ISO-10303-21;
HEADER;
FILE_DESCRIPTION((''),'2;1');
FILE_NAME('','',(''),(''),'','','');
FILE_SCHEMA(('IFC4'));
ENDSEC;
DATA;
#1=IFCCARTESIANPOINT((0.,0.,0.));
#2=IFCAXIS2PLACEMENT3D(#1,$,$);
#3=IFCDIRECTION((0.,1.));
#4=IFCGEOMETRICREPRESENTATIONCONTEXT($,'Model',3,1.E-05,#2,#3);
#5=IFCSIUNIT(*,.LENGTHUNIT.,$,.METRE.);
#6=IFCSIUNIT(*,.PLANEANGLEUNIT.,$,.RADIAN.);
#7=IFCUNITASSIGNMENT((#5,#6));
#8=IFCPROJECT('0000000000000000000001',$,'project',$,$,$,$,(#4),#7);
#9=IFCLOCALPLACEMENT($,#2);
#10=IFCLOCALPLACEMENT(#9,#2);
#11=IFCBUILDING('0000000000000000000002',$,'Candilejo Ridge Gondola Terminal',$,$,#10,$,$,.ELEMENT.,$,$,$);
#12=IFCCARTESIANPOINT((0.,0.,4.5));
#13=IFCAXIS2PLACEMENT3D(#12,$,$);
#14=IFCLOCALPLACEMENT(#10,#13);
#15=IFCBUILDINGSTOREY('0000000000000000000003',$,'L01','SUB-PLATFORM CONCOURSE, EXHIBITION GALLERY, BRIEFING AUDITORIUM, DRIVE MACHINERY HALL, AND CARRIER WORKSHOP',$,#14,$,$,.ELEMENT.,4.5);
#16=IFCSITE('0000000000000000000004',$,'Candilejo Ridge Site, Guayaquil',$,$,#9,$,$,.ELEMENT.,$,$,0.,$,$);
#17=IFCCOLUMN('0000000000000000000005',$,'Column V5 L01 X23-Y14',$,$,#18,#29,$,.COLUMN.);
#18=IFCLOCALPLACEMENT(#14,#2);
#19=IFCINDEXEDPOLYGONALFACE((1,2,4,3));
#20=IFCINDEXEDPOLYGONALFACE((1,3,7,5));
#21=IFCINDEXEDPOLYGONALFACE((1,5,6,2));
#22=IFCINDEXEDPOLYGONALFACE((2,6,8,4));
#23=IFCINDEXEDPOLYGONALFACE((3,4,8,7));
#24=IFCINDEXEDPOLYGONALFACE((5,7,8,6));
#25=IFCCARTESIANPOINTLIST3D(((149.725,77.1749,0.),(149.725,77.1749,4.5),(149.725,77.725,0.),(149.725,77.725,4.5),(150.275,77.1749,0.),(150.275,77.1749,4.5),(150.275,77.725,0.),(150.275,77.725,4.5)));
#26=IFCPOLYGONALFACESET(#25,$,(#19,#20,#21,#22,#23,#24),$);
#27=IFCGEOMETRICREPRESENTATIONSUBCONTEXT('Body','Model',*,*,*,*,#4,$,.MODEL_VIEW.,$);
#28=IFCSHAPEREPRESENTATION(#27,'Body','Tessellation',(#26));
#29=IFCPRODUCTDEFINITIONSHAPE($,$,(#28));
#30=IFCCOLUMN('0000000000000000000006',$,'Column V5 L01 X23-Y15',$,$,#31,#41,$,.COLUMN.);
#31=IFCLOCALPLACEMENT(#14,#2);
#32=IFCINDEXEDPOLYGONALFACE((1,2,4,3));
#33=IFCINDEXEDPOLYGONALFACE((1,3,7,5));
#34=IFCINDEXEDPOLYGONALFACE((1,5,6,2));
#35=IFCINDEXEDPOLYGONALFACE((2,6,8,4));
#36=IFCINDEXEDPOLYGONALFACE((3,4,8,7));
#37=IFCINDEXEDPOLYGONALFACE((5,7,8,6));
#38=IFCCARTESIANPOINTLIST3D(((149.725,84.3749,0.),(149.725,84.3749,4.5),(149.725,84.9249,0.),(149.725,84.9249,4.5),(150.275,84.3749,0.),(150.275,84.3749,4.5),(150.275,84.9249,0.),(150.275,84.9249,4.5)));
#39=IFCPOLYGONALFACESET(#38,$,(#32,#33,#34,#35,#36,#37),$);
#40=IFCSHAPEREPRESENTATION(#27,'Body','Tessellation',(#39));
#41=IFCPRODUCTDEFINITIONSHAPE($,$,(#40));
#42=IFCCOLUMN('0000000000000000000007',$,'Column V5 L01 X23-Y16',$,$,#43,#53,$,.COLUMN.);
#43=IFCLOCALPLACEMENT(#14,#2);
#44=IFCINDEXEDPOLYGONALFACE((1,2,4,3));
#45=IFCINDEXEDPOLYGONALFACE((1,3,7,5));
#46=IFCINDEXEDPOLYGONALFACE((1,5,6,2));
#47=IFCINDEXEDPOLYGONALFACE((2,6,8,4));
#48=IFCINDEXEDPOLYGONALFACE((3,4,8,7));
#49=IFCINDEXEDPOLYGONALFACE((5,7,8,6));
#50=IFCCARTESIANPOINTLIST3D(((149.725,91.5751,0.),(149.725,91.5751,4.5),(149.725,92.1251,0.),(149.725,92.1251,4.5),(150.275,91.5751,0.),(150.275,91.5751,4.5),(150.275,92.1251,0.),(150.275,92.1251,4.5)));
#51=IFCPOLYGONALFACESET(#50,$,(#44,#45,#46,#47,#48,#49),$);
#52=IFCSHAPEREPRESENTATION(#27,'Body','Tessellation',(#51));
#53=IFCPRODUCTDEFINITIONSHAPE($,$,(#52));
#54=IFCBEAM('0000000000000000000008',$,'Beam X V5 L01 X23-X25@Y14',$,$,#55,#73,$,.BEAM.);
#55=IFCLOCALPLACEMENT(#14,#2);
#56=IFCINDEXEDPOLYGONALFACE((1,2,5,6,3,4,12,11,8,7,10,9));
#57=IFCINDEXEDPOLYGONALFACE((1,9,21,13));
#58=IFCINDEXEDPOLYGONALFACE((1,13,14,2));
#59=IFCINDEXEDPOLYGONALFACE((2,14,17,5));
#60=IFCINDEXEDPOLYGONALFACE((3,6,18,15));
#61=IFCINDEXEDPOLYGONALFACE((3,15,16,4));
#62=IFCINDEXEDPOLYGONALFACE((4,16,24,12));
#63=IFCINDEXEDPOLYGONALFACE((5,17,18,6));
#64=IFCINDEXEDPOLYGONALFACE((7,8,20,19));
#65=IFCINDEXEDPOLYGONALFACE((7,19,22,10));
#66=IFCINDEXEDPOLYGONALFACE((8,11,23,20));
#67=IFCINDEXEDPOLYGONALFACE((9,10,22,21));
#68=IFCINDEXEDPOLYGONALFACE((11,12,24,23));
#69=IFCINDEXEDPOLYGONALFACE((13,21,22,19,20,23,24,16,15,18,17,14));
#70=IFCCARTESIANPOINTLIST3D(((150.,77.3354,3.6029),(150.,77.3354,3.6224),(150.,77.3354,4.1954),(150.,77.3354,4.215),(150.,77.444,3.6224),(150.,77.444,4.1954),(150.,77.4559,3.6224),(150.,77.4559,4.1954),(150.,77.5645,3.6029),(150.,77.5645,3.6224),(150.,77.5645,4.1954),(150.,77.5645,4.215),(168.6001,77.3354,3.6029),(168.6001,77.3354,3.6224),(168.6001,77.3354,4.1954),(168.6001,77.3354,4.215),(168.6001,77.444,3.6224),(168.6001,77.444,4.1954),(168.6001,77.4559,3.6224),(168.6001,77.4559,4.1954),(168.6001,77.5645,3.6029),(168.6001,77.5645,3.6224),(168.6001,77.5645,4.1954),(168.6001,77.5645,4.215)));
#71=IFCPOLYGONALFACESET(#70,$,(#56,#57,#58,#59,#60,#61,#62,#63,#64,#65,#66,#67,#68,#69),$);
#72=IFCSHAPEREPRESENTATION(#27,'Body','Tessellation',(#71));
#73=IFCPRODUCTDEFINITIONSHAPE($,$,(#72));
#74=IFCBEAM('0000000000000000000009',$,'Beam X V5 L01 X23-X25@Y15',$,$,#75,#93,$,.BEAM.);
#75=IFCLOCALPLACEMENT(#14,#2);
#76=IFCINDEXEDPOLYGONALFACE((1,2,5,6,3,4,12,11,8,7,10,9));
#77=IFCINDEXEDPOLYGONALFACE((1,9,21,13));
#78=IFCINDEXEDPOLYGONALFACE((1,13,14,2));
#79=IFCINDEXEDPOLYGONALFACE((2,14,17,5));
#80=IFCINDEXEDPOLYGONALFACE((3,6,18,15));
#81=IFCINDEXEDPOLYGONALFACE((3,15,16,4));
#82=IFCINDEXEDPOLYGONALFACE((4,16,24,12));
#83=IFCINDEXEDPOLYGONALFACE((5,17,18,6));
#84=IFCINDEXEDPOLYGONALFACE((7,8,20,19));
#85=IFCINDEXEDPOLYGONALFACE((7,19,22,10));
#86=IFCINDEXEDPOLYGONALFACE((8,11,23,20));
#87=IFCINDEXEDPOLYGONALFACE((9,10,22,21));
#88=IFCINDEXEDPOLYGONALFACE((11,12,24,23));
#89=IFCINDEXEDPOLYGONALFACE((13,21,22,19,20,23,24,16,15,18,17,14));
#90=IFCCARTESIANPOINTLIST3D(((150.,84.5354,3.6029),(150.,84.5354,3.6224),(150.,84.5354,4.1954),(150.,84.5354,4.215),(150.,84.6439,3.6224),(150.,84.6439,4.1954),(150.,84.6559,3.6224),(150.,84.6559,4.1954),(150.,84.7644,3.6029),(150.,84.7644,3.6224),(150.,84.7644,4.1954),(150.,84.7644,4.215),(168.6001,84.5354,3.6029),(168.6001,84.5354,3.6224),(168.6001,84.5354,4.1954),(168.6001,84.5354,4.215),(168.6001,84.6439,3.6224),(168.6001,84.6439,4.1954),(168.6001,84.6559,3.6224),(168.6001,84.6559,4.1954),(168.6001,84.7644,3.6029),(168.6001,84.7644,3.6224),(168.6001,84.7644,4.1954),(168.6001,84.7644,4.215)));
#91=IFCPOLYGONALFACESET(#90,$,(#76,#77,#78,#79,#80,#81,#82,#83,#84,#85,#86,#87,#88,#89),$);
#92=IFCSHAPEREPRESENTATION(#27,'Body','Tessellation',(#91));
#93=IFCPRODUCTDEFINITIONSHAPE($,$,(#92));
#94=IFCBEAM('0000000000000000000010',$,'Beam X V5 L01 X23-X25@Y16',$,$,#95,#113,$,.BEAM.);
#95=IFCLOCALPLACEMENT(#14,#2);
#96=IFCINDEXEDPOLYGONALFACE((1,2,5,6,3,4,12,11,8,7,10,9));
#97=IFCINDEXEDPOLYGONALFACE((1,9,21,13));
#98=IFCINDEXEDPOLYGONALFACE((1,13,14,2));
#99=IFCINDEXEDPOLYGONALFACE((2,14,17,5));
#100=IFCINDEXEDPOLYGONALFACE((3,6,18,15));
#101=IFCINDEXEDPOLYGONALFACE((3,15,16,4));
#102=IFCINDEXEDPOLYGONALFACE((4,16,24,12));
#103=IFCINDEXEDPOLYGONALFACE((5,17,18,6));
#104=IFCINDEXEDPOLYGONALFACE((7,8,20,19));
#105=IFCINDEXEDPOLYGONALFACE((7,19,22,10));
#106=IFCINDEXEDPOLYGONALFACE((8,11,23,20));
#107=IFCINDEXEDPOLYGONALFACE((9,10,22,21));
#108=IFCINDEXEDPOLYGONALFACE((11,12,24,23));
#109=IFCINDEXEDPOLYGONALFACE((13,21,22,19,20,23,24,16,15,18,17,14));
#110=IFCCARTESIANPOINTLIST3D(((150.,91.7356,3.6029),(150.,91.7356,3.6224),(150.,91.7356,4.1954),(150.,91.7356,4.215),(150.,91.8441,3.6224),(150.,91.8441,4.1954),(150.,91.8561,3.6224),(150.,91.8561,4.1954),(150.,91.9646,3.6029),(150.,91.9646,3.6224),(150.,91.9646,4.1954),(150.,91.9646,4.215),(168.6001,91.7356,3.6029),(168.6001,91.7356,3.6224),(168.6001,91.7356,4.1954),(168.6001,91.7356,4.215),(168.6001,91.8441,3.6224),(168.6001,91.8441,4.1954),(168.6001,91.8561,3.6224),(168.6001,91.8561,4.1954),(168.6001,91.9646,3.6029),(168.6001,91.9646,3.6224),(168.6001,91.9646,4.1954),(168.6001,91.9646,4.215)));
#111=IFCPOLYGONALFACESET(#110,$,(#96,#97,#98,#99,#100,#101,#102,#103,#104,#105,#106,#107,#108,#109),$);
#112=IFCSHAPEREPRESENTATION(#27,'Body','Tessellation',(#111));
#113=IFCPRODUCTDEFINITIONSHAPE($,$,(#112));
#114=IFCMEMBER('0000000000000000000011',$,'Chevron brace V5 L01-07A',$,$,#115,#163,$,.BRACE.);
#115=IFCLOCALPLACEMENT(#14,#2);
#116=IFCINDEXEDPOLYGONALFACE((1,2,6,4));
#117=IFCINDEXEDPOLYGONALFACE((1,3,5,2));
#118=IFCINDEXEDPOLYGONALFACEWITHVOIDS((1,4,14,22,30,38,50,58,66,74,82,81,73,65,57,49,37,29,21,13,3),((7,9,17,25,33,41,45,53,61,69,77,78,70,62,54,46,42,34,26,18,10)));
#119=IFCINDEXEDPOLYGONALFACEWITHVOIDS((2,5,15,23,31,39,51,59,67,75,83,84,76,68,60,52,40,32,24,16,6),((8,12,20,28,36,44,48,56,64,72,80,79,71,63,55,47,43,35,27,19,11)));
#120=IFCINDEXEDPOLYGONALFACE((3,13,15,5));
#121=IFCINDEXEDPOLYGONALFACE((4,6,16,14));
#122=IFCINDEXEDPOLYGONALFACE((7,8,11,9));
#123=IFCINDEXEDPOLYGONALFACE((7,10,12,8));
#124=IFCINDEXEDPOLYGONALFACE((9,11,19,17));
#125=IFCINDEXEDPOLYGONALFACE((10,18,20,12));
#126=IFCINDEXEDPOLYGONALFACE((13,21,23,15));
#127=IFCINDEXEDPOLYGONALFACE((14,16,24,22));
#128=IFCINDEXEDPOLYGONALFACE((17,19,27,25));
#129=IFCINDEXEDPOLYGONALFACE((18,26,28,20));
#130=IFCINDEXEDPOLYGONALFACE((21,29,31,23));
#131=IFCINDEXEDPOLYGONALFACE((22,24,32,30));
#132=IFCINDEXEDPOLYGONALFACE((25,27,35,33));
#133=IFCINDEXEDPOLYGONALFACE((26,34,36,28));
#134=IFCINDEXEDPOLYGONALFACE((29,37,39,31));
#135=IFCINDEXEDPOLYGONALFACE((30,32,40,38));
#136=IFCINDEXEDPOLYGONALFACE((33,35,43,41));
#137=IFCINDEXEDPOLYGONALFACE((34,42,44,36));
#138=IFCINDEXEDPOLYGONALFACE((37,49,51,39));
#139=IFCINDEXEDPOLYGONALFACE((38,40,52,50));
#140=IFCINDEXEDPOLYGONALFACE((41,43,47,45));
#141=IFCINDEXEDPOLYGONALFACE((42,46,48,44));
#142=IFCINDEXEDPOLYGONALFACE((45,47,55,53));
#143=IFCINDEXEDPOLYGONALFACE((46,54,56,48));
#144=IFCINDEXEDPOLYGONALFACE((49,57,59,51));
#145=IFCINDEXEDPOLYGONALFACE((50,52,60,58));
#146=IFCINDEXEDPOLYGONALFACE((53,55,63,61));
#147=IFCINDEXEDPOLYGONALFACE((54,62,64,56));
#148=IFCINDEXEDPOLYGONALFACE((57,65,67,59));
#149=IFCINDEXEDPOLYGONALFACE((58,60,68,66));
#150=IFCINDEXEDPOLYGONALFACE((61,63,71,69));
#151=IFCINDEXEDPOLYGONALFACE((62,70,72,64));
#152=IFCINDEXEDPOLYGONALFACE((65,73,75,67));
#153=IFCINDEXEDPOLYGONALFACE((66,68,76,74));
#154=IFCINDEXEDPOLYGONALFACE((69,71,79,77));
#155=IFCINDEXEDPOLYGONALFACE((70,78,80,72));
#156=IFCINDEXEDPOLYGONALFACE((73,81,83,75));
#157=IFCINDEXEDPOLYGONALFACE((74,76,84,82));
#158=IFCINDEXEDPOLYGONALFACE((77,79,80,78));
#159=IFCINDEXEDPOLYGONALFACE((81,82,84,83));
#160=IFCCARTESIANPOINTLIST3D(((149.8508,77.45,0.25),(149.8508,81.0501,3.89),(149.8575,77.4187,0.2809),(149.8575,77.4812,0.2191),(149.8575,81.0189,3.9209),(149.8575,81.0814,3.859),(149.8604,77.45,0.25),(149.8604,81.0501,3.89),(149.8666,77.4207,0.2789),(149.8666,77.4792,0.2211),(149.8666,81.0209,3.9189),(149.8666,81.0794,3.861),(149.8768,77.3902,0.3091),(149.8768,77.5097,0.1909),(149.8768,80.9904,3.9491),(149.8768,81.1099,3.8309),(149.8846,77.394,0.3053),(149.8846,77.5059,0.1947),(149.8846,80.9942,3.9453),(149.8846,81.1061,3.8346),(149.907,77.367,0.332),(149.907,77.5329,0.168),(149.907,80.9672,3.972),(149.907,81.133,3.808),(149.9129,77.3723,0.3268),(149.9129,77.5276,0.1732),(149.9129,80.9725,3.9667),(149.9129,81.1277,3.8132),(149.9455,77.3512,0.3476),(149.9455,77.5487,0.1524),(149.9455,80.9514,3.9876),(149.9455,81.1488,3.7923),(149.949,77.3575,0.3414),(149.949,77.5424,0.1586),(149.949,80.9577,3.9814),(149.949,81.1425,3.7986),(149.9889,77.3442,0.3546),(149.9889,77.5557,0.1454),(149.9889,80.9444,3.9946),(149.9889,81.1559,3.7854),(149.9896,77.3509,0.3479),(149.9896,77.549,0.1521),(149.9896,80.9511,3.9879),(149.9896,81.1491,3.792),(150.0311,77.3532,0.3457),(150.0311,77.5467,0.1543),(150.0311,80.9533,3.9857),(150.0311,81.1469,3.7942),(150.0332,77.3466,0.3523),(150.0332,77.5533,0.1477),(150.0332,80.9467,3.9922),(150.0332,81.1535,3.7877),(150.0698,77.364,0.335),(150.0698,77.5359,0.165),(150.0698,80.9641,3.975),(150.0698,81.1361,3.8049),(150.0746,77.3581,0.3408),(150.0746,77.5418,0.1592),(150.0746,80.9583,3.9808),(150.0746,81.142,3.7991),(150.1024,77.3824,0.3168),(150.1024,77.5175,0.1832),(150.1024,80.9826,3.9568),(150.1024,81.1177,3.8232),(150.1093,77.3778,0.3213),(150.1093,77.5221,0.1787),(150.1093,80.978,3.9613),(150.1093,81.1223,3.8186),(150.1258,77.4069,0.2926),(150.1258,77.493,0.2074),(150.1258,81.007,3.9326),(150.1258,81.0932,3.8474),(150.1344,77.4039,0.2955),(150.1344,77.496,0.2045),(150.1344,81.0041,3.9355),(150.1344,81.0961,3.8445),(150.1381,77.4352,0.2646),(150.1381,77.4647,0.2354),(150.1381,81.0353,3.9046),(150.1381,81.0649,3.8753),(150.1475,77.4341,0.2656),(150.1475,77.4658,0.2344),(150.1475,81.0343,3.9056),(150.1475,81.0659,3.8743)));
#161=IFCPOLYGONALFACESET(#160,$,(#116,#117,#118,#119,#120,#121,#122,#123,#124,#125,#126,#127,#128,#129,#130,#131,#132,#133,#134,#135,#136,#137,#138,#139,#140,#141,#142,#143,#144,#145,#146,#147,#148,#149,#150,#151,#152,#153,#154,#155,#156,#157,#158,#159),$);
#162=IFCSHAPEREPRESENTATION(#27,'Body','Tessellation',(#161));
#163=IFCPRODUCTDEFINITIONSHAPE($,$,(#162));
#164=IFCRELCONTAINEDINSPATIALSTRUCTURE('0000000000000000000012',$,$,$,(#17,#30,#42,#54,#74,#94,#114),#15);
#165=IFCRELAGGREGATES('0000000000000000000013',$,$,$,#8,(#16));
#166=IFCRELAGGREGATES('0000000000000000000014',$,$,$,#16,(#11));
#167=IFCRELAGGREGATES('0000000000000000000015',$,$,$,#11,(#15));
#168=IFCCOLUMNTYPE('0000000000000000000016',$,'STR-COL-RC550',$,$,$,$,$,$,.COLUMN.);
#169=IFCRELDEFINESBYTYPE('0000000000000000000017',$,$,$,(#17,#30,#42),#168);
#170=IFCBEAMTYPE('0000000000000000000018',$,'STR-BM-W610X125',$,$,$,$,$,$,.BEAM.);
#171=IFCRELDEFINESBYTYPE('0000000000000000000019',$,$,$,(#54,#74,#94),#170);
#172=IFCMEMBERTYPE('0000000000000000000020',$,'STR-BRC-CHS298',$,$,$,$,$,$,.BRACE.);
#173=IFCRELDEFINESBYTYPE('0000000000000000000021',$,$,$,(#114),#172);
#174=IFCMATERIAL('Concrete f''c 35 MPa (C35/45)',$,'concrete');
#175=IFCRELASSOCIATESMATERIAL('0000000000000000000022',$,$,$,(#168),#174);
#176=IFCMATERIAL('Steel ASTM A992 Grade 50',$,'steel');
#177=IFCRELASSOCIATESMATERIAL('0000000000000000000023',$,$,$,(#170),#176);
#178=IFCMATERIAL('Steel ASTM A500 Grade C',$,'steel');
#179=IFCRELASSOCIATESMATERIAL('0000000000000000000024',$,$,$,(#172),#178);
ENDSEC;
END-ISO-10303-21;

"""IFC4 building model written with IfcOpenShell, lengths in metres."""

from ifc_helpers import new_model, si_unit, direction, frame, origin, origin_2d, place, context, subcontext, project, spatial, rectangle, hollow_circle, i_section, extrude, material, material_profile, profile_set, type_object, element, save


model = new_model("IFC4")

# Units and contexts
model_context = context("Model", 3, precision=1e-05, world=origin(), true_north=direction((0.0, 1.0)))
body_context = subcontext(model_context, "Body", "Model", "MODEL_VIEW")
ifc_project = project(units=[si_unit("LENGTHUNIT", "METRE"), si_unit("PLANEANGLEUNIT", "RADIAN")], contexts=[model_context])

# Site, building, storey
site_placement = place(None, origin())
site = spatial("IfcSite", under=ifc_project, at=site_placement, Name="Candilejo Ridge Site, Guayaquil", CompositionType="ELEMENT", RefElevation=0.0)
building_placement = place(site_placement, origin())
building = spatial("IfcBuilding", under=site, at=building_placement, Name="Candilejo Ridge Gondola Terminal", CompositionType="ELEMENT")
storey_placement = place(building_placement, frame((0.0, 0.0, 4.5)))
storey = spatial("IfcBuildingStorey", under=building, at=storey_placement, Name="L01", Description="SUB-PLATFORM CONCOURSE, EXHIBITION GALLERY, BRIEFING AUDITORIUM, DRIVE MACHINERY HALL, AND CARRIER WORKSHOP", CompositionType="ELEMENT", Elevation=4.5)

# Columns
ifc_material_1 = material(Name="Concrete f'c 35 MPa (C35/45)", Category="concrete")
ifc_material_profile_1 = material_profile(ifc_material_1, rectangle(XDim=0.55, YDim=0.55, at=origin_2d()))
ifc_profile_set_1 = profile_set([ifc_material_profile_1], Name="Concrete f'c 35 MPa (C35/45)")
column_type = type_object("IfcColumnType", Name="STR-COL-RC550", PredefinedType="COLUMN", material=ifc_profile_set_1)
for number, where, z_axis, x_axis, name in (
    (1, (150.0, 77.45, 0.0), (0.0, 0.0, 1.0), (1.0, 0.0, 0.0), "Column V5 L01 X23-Y14"),
    (2, (150.0, 84.6499, 0.0), (0.0, 0.0, 1.0), (1.0, 0.0, 0.0), "Column V5 L01 X23-Y15"),
    (3, (150.0, 91.8501, 0.0), (0.0, 0.0, 1.0), (1.0, 0.0, 0.0), "Column V5 L01 X23-Y16"),
):
    element("IfcColumn", number, at=place(storey_placement, frame(where, z_axis=z_axis, x_axis=x_axis)), inside=storey, type_object=column_type, Name=name, PredefinedType="COLUMN", context=body_context, shape_type="SweptSolid", body=[
        extrude(rectangle(XDim=0.55, YDim=0.55, at=origin_2d()), origin(), (0.0, 0.0, 1.0), 4.5),
    ])

# Beams
ifc_material_2 = material(Name="Steel ASTM A992 Grade 50", Category="steel")
ifc_material_profile_2 = material_profile(ifc_material_2, i_section(OverallWidth=0.229, OverallDepth=0.6121, WebThickness=0.012, FlangeThickness=0.0195, at=origin_2d()))
ifc_profile_set_2 = profile_set([ifc_material_profile_2], Name="Steel ASTM A992 Grade 50")
beam_type_1 = type_object("IfcBeamType", Name="STR-BM-W610X125", PredefinedType="BEAM", material=ifc_profile_set_2)
for number, where, z_axis, x_axis, name in (
    (4, (150.0, 77.45, 3.9089), (1.0, 0.0, 0.0), (0.0, 1.0, 0.0), "Beam X V5 L01 X23-X25@Y14"),
    (5, (150.0, 84.6499, 3.9089), (1.0, 0.0, 0.0), (0.0, 1.0, 0.0), "Beam X V5 L01 X23-X25@Y15"),
    (6, (150.0, 91.8501, 3.9089), (1.0, 0.0, 0.0), (0.0, 1.0, 0.0), "Beam X V5 L01 X23-X25@Y16"),
):
    element("IfcBeam", number, at=place(storey_placement, frame(where, z_axis=z_axis, x_axis=x_axis)), inside=storey, type_object=beam_type_1, Name=name, PredefinedType="BEAM", context=body_context, shape_type="SweptSolid", body=[
        extrude(i_section(OverallWidth=0.229, OverallDepth=0.6121, WebThickness=0.012, FlangeThickness=0.0195, at=origin_2d()), origin(), (0.0, 0.0, 1.0), 18.6001),
    ])

# Member
ifc_material_3 = material(Name="Steel ASTM A500 Grade C", Category="steel")
ifc_material_profile_3 = material_profile(ifc_material_3, hollow_circle(Radius=0.1492, WallThickness=0.0095, at=origin_2d()))
ifc_profile_set_3 = profile_set([ifc_material_profile_3], Name="Steel ASTM A500 Grade C")
member_type = type_object("IfcMemberType", Name="STR-BRC-CHS298", PredefinedType="BRACE", material=ifc_profile_set_3)
member_1_placement = place(storey_placement, frame((150.0, 77.45, 0.25), z_axis=(0.0, 0.70321, 0.710983), x_axis=(-1.0, 0.0, 0.0)))
element("IfcMember", 7, at=member_1_placement, inside=storey, type_object=member_type, Name="Chevron brace V5 L01-07A", PredefinedType="BRACE", context=body_context, shape_type="SweptSolid", body=[
    extrude(hollow_circle(Radius=0.1492, WallThickness=0.0095, at=origin_2d()), origin(), (0.0, 0.0, 1.0), 5.1196),
])

save(model, "model.ifc")
